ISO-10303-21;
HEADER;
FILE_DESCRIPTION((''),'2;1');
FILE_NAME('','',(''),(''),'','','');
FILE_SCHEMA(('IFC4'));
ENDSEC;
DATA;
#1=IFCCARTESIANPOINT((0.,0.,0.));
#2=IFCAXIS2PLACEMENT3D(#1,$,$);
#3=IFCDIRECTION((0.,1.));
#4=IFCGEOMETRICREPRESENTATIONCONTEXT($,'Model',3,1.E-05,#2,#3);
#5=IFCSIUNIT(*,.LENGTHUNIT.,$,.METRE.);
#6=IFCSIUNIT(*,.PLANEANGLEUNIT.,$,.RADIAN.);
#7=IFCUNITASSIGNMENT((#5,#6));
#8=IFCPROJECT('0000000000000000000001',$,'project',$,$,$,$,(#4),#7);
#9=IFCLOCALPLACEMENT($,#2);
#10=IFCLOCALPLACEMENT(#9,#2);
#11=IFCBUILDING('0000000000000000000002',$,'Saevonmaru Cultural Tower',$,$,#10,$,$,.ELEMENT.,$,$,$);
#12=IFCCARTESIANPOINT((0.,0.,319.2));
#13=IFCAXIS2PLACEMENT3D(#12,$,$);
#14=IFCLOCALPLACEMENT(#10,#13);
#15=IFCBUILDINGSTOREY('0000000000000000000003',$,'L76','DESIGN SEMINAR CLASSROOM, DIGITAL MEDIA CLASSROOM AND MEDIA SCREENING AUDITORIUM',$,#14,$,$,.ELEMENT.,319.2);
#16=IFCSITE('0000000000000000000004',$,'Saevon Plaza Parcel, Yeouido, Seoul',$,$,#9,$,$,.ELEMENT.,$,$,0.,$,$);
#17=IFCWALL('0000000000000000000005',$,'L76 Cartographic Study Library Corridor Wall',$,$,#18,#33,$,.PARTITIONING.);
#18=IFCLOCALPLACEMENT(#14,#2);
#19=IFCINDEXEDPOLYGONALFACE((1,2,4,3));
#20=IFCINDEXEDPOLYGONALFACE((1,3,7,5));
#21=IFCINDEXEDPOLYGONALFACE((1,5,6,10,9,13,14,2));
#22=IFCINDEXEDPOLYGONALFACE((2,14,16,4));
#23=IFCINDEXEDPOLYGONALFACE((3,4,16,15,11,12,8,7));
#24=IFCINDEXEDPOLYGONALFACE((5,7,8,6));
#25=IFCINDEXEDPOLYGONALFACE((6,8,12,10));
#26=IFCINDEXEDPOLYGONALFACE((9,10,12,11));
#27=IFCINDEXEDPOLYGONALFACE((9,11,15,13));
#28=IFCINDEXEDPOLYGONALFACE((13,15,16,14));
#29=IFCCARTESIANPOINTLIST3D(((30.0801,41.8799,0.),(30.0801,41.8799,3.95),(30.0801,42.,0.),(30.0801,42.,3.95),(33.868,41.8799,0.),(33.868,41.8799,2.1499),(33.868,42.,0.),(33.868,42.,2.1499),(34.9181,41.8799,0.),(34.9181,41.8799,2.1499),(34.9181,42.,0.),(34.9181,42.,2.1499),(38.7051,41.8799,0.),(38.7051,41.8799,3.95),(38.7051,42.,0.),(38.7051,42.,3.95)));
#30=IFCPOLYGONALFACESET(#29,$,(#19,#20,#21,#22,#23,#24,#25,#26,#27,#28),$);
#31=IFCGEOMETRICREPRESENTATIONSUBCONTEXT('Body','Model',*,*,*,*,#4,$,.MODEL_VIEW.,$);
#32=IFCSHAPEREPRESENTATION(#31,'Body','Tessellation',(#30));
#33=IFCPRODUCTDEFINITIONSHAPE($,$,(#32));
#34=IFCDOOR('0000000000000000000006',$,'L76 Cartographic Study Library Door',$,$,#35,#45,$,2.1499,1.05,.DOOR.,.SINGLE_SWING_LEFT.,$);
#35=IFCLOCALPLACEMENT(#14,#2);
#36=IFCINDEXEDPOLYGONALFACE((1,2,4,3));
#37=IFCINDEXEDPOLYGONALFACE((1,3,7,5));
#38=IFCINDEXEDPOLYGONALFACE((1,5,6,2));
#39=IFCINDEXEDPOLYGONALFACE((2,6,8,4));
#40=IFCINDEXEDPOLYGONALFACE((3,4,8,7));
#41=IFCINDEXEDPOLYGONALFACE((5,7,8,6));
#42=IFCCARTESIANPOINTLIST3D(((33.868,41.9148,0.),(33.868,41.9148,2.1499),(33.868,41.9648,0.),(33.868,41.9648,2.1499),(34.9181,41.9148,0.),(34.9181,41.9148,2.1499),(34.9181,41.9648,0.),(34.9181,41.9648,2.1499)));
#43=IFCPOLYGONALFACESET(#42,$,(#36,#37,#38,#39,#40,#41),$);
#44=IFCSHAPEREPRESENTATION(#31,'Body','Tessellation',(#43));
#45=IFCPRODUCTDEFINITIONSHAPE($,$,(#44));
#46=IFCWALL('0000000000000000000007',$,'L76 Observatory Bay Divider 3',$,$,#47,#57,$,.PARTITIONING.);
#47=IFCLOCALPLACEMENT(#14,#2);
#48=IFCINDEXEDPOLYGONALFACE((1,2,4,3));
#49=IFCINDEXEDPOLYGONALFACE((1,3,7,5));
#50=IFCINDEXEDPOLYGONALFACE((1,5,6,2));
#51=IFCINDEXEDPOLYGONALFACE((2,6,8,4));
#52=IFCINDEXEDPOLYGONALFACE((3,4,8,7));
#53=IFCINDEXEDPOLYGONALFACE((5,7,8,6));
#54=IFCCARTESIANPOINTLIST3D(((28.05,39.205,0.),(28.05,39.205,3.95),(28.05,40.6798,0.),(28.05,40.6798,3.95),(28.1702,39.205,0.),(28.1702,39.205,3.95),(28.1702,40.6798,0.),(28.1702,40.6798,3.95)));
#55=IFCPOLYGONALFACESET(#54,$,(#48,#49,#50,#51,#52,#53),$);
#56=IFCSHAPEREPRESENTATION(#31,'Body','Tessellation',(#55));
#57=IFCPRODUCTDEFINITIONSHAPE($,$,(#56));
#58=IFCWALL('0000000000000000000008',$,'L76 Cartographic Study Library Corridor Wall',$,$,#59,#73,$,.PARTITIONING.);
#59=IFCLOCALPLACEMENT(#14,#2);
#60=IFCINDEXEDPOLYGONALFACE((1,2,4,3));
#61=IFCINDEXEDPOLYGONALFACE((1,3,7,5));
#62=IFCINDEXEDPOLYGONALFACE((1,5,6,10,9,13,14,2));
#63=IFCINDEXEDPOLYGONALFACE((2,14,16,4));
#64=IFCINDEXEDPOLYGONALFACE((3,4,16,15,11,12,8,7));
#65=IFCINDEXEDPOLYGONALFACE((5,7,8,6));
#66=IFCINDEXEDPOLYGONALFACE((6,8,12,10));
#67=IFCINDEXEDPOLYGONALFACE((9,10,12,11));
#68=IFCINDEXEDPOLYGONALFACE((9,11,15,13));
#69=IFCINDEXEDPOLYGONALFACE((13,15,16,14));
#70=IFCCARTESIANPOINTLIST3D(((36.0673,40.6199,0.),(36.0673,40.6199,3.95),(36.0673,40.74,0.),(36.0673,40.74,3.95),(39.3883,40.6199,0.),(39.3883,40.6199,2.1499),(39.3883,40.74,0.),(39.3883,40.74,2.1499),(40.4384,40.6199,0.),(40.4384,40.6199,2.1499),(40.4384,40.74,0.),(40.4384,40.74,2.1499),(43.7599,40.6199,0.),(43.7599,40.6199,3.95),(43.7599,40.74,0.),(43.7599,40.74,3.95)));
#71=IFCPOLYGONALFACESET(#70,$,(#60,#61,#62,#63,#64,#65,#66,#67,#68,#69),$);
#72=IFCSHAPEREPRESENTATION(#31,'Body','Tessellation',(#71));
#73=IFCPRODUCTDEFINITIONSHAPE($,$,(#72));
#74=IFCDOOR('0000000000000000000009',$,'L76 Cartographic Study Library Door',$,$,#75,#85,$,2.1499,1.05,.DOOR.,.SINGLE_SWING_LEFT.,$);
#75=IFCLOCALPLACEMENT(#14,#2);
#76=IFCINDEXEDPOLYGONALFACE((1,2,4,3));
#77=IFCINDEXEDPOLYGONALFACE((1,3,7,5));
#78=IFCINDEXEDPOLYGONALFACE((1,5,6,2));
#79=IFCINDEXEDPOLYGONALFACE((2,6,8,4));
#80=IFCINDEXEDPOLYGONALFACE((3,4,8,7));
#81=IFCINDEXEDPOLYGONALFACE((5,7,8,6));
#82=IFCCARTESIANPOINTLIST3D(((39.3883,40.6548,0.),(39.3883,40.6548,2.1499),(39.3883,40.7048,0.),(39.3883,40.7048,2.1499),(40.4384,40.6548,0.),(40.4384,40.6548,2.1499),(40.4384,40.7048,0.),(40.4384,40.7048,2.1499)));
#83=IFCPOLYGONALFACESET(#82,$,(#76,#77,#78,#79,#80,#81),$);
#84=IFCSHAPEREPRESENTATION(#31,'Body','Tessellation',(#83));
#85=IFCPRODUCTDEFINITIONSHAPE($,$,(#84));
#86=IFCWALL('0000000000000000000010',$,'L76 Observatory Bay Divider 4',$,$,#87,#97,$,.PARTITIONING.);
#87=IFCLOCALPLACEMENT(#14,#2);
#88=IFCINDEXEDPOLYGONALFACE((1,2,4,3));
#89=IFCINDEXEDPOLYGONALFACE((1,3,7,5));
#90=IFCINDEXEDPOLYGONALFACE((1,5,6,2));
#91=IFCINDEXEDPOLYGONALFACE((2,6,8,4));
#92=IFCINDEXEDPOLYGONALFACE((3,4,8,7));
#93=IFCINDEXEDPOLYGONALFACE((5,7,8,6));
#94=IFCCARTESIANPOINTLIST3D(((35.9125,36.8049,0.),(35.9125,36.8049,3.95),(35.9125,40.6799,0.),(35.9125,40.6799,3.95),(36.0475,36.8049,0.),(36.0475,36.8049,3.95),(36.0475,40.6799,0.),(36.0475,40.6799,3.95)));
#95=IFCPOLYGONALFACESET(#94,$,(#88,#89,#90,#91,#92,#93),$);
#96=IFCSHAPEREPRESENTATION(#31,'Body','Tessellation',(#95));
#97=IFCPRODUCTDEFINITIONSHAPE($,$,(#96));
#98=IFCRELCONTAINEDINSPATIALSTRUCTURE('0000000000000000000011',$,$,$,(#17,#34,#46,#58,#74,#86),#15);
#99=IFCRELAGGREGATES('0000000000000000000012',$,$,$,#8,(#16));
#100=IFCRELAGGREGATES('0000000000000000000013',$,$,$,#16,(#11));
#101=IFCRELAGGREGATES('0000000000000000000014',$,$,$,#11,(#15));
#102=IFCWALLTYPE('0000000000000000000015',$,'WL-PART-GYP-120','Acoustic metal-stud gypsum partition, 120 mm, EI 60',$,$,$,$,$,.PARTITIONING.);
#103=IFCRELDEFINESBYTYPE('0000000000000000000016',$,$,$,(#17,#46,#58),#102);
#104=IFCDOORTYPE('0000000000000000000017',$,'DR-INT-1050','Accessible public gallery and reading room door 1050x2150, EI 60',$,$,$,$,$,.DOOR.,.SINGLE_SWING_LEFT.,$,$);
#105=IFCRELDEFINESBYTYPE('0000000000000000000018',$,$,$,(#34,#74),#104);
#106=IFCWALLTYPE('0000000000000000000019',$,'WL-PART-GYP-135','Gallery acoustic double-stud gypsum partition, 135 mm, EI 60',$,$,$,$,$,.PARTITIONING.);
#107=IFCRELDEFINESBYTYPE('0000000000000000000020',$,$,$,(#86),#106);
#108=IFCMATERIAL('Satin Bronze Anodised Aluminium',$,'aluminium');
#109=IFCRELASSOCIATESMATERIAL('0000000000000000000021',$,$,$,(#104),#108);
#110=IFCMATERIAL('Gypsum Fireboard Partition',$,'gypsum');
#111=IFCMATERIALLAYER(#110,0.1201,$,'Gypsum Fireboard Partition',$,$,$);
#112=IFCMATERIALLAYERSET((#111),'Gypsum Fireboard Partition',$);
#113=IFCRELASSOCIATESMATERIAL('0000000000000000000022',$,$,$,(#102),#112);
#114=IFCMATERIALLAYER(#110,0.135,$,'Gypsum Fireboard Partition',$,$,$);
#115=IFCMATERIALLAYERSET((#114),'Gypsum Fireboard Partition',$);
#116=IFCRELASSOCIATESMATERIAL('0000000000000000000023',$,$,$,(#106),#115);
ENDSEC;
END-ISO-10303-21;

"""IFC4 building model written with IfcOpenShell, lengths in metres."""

from ifc_helpers import new_model, si_unit, direction, frame, frame_2d, origin, place, context, subcontext, project, spatial, rectangle, extrude, material, layer, layer_set, type_object, element, fill, save


model = new_model("IFC4")

# Units and contexts
model_context = context("Model", 3, precision=1e-05, world=origin(), true_north=direction((0.0, 1.0)))
body_context = subcontext(model_context, "Body", "Model", "MODEL_VIEW")
ifc_project = project(units=[si_unit("LENGTHUNIT", "METRE"), si_unit("PLANEANGLEUNIT", "RADIAN")], contexts=[model_context])

# Site, building, storey
site_placement = place(None, origin())
site = spatial("IfcSite", under=ifc_project, at=site_placement, Name="Saevon Plaza Parcel, Yeouido, Seoul", CompositionType="ELEMENT", RefElevation=0.0)
building_placement = place(site_placement, origin())
building = spatial("IfcBuilding", under=site, at=building_placement, Name="Saevonmaru Cultural Tower", CompositionType="ELEMENT")
storey_placement = place(building_placement, frame((0.0, 0.0, 319.2)))
storey = spatial("IfcBuildingStorey", under=building, at=storey_placement, Name="L76", Description="DESIGN SEMINAR CLASSROOM, DIGITAL MEDIA CLASSROOM AND MEDIA SCREENING AUDITORIUM", CompositionType="ELEMENT", Elevation=319.2)

# Shared definitions
ifc_material_1 = material(Name="Satin Bronze Anodised Aluminium", Category="aluminium")

# Shared definitions
ifc_material_2 = material(Name="Gypsum Fireboard Partition", Category="gypsum")

# Shared definitions
door_type_1 = type_object("IfcDoorType", Name="DR-INT-1050", Description="Accessible public gallery and reading room door 1050x2150, EI 60", OperationType="SINGLE_SWING_LEFT", PredefinedType="DOOR", material=ifc_material_1)

# Shared definitions
ifc_layer_1 = layer(ifc_material_2, 0.1201, Name="Gypsum Fireboard Partition")
ifc_layer_set_1 = layer_set([ifc_layer_1], Name="Gypsum Fireboard Partition")
wall_type_1 = type_object("IfcWallType", Name="WL-PART-GYP-120", Description="Acoustic metal-stud gypsum partition, 120 mm, EI 60", PredefinedType="PARTITIONING", material=ifc_layer_set_1)

# Wall, opening, door
wall_1_placement = place(storey_placement, frame((30.0801, 41.9399, 0.0), z_axis=(0.0, 0.0, 1.0), x_axis=(1.0, 0.0, 0.0)))
wall_1 = element("IfcWall", 1, at=wall_1_placement, inside=storey, type_object=wall_type_1, Name="L76 Cartographic Study Library Corridor Wall", PredefinedType="PARTITIONING", context=body_context, shape_type="SweptSolid", body=[
    extrude(rectangle(XDim=8.625, YDim=0.1201, at=frame_2d((4.3125, 0.0))), origin(), (0.0, 0.0, 1.0), 3.95),
])
opening_1_placement = place(wall_1_placement, frame((3.7881, 0.0, 0.0)))
opening_1 = element("IfcOpeningElement", 2, at=opening_1_placement, cuts=wall_1, PredefinedType="OPENING", context=body_context, shape_type="SweptSolid", body=[
    extrude(rectangle(XDim=1.05, YDim=2.1499, at=frame_2d((0.5249, 1.075))), frame((0.0, 0.0701, 0.0), z_axis=(0.0, -1.0, 0.0), x_axis=(1.0, 0.0, 0.0)), (0.0, 0.0, 1.0), 0.1401),
])
door_1_placement = place(opening_1_placement, origin())
door_1 = element("IfcDoor", 3, at=door_1_placement, inside=storey, type_object=door_type_1, Name="L76 Cartographic Study Library Door", OperationType="SINGLE_SWING_LEFT", OverallHeight=2.1499, OverallWidth=1.05, PredefinedType="DOOR", context=body_context, shape_type="SweptSolid", body=[
    extrude(rectangle(XDim=1.05, YDim=2.1499, at=frame_2d((0.5249, 1.075))), frame((0.0, 0.0249, 0.0), z_axis=(0.0, -1.0, 0.0), x_axis=(1.0, 0.0, 0.0)), (0.0, 0.0, 1.0), 0.05),
])
fill(opening_1, door_1)

# Wall
wall_2_placement = place(storey_placement, frame((28.1101, 39.2051, 0.0), z_axis=(0.0, 0.0, 1.0), x_axis=(0.0, 1.0, 0.0)))
element("IfcWall", 4, at=wall_2_placement, inside=storey, type_object=wall_type_1, Name="L76 Observatory Bay Divider 3", PredefinedType="PARTITIONING", context=body_context, shape_type="SweptSolid", body=[
    extrude(rectangle(XDim=1.4749, YDim=0.1201, at=frame_2d((0.7373, 0.0))), origin(), (0.0, 0.0, 1.0), 3.95),
])

# Wall, opening, door
wall_3_placement = place(storey_placement, frame((36.0674, 40.6799, 0.0), z_axis=(0.0, 0.0, 1.0), x_axis=(1.0, 0.0, 0.0)))
wall_3 = element("IfcWall", 5, at=wall_3_placement, inside=storey, type_object=wall_type_1, Name="L76 Cartographic Study Library Corridor Wall", PredefinedType="PARTITIONING", context=body_context, shape_type="SweptSolid", body=[
    extrude(rectangle(XDim=7.6926, YDim=0.1201, at=frame_2d((3.8462, 0.0))), origin(), (0.0, 0.0, 1.0), 3.95),
])
opening_2_placement = place(wall_3_placement, frame((3.321, 0.0, 0.0)))
opening_2 = element("IfcOpeningElement", 6, at=opening_2_placement, cuts=wall_3, PredefinedType="OPENING", context=body_context, shape_type="SweptSolid", body=[
    extrude(rectangle(XDim=1.05, YDim=2.1499, at=frame_2d((0.5249, 1.075))), frame((0.0, 0.0701, 0.0), z_axis=(0.0, -1.0, 0.0), x_axis=(1.0, 0.0, 0.0)), (0.0, 0.0, 1.0), 0.1401),
])
door_2_placement = place(opening_2_placement, origin())
door_2 = element("IfcDoor", 7, at=door_2_placement, inside=storey, type_object=door_type_1, Name="L76 Cartographic Study Library Door", OperationType="SINGLE_SWING_LEFT", OverallHeight=2.1499, OverallWidth=1.05, PredefinedType="DOOR", context=body_context, shape_type="SweptSolid", body=[
    extrude(rectangle(XDim=1.05, YDim=2.1499, at=frame_2d((0.5249, 1.075))), frame((0.0, 0.0249, 0.0), z_axis=(0.0, -1.0, 0.0), x_axis=(1.0, 0.0, 0.0)), (0.0, 0.0, 1.0), 0.05),
])
fill(opening_2, door_2)

# Wall
ifc_layer_2 = layer(ifc_material_2, 0.135, Name="Gypsum Fireboard Partition")
ifc_layer_set_2 = layer_set([ifc_layer_2], Name="Gypsum Fireboard Partition")
wall_type_2 = type_object("IfcWallType", Name="WL-PART-GYP-135", Description="Gallery acoustic double-stud gypsum partition, 135 mm, EI 60", PredefinedType="PARTITIONING", material=ifc_layer_set_2)
wall_4_placement = place(storey_placement, frame((35.98, 36.8049, 0.0), z_axis=(0.0, 0.0, 1.0), x_axis=(0.0, 1.0, 0.0)))
element("IfcWall", 8, at=wall_4_placement, inside=storey, type_object=wall_type_2, Name="L76 Observatory Bay Divider 4", PredefinedType="PARTITIONING", context=body_context, shape_type="SweptSolid", body=[
    extrude(rectangle(XDim=3.875, YDim=0.135, at=frame_2d((1.9375, 0.0))), origin(), (0.0, 0.0, 1.0), 3.95),
])

save(model, "model.ifc")
